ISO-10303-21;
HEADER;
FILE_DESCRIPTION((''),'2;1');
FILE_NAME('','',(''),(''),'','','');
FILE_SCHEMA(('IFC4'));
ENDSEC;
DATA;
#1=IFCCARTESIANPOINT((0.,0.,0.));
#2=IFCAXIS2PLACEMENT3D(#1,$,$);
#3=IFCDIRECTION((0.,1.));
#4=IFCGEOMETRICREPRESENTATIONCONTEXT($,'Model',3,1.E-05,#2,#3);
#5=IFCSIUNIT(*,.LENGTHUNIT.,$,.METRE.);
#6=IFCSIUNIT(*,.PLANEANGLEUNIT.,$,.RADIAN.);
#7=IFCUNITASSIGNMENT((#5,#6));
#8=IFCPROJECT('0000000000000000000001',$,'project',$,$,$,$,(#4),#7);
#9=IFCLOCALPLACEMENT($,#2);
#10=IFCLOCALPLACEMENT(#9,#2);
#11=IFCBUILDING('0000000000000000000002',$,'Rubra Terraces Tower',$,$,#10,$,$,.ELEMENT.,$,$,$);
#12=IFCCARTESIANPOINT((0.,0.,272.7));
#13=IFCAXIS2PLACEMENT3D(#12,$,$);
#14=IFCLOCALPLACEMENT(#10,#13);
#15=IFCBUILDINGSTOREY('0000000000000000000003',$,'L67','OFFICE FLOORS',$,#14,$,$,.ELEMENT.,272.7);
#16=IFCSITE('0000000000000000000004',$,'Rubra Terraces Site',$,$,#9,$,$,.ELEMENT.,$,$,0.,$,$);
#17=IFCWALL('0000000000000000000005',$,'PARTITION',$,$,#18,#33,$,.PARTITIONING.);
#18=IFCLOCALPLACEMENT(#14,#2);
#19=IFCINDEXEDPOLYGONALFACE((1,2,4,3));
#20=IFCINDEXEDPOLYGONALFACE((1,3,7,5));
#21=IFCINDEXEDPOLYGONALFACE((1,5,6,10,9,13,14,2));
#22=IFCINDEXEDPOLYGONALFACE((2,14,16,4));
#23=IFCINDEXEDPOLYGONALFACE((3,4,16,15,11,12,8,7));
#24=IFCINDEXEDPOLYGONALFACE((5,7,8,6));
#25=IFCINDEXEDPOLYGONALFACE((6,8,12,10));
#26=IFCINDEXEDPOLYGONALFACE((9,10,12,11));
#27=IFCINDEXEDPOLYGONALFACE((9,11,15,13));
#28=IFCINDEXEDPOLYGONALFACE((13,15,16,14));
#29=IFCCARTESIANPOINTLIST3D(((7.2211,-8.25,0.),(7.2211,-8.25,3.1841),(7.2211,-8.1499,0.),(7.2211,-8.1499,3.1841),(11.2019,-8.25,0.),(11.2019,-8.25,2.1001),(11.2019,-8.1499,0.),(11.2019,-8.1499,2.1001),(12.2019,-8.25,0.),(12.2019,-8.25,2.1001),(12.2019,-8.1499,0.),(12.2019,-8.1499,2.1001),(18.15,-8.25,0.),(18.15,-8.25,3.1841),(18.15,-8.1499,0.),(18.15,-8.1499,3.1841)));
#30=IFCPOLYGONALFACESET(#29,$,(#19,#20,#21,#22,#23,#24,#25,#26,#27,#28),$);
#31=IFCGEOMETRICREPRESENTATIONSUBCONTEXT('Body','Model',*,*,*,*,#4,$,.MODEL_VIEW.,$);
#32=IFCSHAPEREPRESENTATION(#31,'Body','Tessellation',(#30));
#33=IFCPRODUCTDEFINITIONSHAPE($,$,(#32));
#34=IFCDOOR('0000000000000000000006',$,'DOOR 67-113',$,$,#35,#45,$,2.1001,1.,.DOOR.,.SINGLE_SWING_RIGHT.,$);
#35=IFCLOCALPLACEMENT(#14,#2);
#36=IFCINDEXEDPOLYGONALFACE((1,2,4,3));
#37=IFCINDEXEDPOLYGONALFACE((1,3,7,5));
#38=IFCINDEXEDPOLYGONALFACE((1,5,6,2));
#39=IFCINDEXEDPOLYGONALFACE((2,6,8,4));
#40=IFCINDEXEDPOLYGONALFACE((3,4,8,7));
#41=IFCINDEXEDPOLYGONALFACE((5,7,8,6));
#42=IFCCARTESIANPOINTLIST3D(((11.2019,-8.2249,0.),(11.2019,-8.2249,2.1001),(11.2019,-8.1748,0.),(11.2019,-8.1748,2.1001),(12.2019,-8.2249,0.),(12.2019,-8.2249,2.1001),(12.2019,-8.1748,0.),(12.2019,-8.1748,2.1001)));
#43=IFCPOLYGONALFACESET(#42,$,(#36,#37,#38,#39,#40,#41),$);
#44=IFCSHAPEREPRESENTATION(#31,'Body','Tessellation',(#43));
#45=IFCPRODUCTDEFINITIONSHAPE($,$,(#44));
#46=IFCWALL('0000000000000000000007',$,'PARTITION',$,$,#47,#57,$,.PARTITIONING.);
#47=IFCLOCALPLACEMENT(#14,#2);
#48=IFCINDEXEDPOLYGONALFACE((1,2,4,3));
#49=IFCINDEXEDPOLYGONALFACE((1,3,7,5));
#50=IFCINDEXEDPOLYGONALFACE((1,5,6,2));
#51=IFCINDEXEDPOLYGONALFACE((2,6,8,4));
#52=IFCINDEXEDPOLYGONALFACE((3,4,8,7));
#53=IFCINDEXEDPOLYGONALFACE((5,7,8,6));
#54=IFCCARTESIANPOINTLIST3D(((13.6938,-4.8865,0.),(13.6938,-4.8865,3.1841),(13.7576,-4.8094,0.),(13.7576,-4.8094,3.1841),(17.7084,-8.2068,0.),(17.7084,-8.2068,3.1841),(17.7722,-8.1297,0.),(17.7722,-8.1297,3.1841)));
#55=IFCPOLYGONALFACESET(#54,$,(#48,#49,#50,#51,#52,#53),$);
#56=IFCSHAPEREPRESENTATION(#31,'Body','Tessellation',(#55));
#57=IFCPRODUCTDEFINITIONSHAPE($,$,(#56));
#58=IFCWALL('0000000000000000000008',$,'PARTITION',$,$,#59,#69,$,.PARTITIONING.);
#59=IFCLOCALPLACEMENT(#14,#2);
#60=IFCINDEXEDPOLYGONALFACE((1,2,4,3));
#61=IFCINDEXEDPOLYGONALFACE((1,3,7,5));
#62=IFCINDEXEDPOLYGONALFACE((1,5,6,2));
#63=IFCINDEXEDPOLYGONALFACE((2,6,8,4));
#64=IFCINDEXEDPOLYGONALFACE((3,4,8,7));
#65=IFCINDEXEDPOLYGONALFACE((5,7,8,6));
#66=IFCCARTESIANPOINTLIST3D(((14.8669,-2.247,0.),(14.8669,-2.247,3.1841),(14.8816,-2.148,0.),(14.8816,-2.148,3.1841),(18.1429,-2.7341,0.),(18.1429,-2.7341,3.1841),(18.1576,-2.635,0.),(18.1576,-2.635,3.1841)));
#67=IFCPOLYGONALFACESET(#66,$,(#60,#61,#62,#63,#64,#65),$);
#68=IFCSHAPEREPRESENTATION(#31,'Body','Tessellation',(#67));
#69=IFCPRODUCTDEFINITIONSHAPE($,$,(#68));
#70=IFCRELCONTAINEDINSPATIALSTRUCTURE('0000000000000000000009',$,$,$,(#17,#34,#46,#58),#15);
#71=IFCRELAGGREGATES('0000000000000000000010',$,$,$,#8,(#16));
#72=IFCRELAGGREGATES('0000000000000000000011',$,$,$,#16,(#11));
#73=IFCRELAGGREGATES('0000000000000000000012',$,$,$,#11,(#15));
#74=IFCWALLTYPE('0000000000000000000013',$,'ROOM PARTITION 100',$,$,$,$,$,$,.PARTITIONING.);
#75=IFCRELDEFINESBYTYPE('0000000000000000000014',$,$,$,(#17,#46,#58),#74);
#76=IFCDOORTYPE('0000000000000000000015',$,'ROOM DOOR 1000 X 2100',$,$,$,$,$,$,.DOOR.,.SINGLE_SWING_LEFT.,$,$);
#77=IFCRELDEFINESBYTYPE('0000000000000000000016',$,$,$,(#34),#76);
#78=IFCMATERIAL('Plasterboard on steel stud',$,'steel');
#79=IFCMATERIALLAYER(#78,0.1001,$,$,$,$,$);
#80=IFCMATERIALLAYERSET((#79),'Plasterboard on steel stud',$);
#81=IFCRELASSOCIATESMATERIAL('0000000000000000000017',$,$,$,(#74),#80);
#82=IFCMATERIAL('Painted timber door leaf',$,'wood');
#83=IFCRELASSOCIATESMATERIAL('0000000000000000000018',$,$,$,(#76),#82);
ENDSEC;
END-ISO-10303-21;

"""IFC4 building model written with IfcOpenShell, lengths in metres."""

from ifc_helpers import new_model, si_unit, direction, frame, frame_2d, origin, place, context, subcontext, project, spatial, rectangle, extrude, material, layer, layer_set, type_object, element, fill, save


model = new_model("IFC4")

# Units and contexts
model_context = context("Model", 3, precision=1e-05, world=origin(), true_north=direction((0.0, 1.0)))
body_context = subcontext(model_context, "Body", "Model", "MODEL_VIEW")
ifc_project = project(units=[si_unit("LENGTHUNIT", "METRE"), si_unit("PLANEANGLEUNIT", "RADIAN")], contexts=[model_context])

# Site, building, storey
site_placement = place(None, origin())
site = spatial("IfcSite", under=ifc_project, at=site_placement, Name="Rubra Terraces Site", CompositionType="ELEMENT", RefElevation=0.0)
building_placement = place(site_placement, origin())
building = spatial("IfcBuilding", under=site, at=building_placement, Name="Rubra Terraces Tower", CompositionType="ELEMENT")
storey_placement = place(building_placement, frame((0.0, 0.0, 272.7)))
storey = spatial("IfcBuildingStorey", under=building, at=storey_placement, Name="L67", Description="OFFICE FLOORS", CompositionType="ELEMENT", Elevation=272.7)

# Wall, opening, door
ifc_material_1 = material(Name="Plasterboard on steel stud", Category="steel")
ifc_layer_1 = layer(ifc_material_1, 0.1001)
ifc_layer_set_1 = layer_set([ifc_layer_1], Name="Plasterboard on steel stud")
wall_type_1 = type_object("IfcWallType", Name="ROOM PARTITION 100", PredefinedType="PARTITIONING", material=ifc_layer_set_1)
wall_1_placement = place(storey_placement, frame((18.1499, -8.2, 0.0), z_axis=(0.0, 0.0, 1.0), x_axis=(-1.0, 0.0, 0.0)))
wall_1 = element("IfcWall", 1, at=wall_1_placement, inside=storey, type_object=wall_type_1, Name="PARTITION", PredefinedType="PARTITIONING", context=body_context, shape_type="SweptSolid", body=[
    extrude(rectangle(XDim=10.929, YDim=0.1001, at=frame_2d((5.4644, 0.0))), origin(), (0.0, 0.0, 1.0), 3.1841),
])
opening_1_placement = place(wall_1_placement, frame((5.948, 0.0, 0.0)))
opening_1 = element("IfcOpeningElement", 2, at=opening_1_placement, cuts=wall_1, PredefinedType="OPENING", context=body_context, shape_type="SweptSolid", body=[
    extrude(rectangle(XDim=1.0, YDim=2.1001, at=frame_2d((0.5, 1.05))), frame((0.0, 0.0601, 0.0), z_axis=(0.0, -1.0, 0.0), x_axis=(1.0, 0.0, 0.0)), (0.0, 0.0, 1.0), 0.1201),
])
ifc_material_2 = material(Name="Painted timber door leaf", Category="wood")
door_type_1 = type_object("IfcDoorType", Name="ROOM DOOR 1000 X 2100", OperationType="SINGLE_SWING_LEFT", PredefinedType="DOOR", material=ifc_material_2)
door_1_placement = place(opening_1_placement, origin())
door_1 = element("IfcDoor", 3, at=door_1_placement, inside=storey, type_object=door_type_1, Name="DOOR 67-113", OperationType="SINGLE_SWING_RIGHT", OverallHeight=2.1001, OverallWidth=1.0, PredefinedType="DOOR", context=body_context, shape_type="SweptSolid", body=[
    extrude(rectangle(XDim=1.0, YDim=2.1001, at=frame_2d((0.5, 1.05))), frame((0.0, 0.0249, 0.0), z_axis=(0.0, -1.0, 0.0), x_axis=(1.0, 0.0, 0.0)), (0.0, 0.0, 1.0), 0.05),
])
fill(opening_1, door_1)

# Walls
wall_2_placement = place(storey_placement, frame((13.7256, -4.8479, 0.0), z_axis=(0.0, 0.0, 1.0), x_axis=(0.770597, -0.637322, 0.0)))
element("IfcWall", 4, at=wall_2_placement, inside=storey, type_object=wall_type_1, Name="PARTITION", PredefinedType="PARTITIONING", context=body_context, shape_type="SweptSolid", body=[
    extrude(rectangle(XDim=5.2097, YDim=0.1001, at=frame_2d((2.605, 0.0))), origin(), (0.0, 0.0, 1.0), 3.1841),
])
wall_3_placement = place(storey_placement, frame((14.8743, -2.1975, 0.0), z_axis=(0.0, 0.0, 1.0), x_axis=(0.989129, -0.147054, 0.0)))
element("IfcWall", 5, at=wall_3_placement, inside=storey, type_object=wall_type_1, Name="PARTITION", PredefinedType="PARTITIONING", context=body_context, shape_type="SweptSolid", body=[
    extrude(rectangle(XDim=3.312, YDim=0.1001, at=frame_2d((1.656, 0.0))), origin(), (0.0, 0.0, 1.0), 3.1841),
])

save(model, "model.ifc")
